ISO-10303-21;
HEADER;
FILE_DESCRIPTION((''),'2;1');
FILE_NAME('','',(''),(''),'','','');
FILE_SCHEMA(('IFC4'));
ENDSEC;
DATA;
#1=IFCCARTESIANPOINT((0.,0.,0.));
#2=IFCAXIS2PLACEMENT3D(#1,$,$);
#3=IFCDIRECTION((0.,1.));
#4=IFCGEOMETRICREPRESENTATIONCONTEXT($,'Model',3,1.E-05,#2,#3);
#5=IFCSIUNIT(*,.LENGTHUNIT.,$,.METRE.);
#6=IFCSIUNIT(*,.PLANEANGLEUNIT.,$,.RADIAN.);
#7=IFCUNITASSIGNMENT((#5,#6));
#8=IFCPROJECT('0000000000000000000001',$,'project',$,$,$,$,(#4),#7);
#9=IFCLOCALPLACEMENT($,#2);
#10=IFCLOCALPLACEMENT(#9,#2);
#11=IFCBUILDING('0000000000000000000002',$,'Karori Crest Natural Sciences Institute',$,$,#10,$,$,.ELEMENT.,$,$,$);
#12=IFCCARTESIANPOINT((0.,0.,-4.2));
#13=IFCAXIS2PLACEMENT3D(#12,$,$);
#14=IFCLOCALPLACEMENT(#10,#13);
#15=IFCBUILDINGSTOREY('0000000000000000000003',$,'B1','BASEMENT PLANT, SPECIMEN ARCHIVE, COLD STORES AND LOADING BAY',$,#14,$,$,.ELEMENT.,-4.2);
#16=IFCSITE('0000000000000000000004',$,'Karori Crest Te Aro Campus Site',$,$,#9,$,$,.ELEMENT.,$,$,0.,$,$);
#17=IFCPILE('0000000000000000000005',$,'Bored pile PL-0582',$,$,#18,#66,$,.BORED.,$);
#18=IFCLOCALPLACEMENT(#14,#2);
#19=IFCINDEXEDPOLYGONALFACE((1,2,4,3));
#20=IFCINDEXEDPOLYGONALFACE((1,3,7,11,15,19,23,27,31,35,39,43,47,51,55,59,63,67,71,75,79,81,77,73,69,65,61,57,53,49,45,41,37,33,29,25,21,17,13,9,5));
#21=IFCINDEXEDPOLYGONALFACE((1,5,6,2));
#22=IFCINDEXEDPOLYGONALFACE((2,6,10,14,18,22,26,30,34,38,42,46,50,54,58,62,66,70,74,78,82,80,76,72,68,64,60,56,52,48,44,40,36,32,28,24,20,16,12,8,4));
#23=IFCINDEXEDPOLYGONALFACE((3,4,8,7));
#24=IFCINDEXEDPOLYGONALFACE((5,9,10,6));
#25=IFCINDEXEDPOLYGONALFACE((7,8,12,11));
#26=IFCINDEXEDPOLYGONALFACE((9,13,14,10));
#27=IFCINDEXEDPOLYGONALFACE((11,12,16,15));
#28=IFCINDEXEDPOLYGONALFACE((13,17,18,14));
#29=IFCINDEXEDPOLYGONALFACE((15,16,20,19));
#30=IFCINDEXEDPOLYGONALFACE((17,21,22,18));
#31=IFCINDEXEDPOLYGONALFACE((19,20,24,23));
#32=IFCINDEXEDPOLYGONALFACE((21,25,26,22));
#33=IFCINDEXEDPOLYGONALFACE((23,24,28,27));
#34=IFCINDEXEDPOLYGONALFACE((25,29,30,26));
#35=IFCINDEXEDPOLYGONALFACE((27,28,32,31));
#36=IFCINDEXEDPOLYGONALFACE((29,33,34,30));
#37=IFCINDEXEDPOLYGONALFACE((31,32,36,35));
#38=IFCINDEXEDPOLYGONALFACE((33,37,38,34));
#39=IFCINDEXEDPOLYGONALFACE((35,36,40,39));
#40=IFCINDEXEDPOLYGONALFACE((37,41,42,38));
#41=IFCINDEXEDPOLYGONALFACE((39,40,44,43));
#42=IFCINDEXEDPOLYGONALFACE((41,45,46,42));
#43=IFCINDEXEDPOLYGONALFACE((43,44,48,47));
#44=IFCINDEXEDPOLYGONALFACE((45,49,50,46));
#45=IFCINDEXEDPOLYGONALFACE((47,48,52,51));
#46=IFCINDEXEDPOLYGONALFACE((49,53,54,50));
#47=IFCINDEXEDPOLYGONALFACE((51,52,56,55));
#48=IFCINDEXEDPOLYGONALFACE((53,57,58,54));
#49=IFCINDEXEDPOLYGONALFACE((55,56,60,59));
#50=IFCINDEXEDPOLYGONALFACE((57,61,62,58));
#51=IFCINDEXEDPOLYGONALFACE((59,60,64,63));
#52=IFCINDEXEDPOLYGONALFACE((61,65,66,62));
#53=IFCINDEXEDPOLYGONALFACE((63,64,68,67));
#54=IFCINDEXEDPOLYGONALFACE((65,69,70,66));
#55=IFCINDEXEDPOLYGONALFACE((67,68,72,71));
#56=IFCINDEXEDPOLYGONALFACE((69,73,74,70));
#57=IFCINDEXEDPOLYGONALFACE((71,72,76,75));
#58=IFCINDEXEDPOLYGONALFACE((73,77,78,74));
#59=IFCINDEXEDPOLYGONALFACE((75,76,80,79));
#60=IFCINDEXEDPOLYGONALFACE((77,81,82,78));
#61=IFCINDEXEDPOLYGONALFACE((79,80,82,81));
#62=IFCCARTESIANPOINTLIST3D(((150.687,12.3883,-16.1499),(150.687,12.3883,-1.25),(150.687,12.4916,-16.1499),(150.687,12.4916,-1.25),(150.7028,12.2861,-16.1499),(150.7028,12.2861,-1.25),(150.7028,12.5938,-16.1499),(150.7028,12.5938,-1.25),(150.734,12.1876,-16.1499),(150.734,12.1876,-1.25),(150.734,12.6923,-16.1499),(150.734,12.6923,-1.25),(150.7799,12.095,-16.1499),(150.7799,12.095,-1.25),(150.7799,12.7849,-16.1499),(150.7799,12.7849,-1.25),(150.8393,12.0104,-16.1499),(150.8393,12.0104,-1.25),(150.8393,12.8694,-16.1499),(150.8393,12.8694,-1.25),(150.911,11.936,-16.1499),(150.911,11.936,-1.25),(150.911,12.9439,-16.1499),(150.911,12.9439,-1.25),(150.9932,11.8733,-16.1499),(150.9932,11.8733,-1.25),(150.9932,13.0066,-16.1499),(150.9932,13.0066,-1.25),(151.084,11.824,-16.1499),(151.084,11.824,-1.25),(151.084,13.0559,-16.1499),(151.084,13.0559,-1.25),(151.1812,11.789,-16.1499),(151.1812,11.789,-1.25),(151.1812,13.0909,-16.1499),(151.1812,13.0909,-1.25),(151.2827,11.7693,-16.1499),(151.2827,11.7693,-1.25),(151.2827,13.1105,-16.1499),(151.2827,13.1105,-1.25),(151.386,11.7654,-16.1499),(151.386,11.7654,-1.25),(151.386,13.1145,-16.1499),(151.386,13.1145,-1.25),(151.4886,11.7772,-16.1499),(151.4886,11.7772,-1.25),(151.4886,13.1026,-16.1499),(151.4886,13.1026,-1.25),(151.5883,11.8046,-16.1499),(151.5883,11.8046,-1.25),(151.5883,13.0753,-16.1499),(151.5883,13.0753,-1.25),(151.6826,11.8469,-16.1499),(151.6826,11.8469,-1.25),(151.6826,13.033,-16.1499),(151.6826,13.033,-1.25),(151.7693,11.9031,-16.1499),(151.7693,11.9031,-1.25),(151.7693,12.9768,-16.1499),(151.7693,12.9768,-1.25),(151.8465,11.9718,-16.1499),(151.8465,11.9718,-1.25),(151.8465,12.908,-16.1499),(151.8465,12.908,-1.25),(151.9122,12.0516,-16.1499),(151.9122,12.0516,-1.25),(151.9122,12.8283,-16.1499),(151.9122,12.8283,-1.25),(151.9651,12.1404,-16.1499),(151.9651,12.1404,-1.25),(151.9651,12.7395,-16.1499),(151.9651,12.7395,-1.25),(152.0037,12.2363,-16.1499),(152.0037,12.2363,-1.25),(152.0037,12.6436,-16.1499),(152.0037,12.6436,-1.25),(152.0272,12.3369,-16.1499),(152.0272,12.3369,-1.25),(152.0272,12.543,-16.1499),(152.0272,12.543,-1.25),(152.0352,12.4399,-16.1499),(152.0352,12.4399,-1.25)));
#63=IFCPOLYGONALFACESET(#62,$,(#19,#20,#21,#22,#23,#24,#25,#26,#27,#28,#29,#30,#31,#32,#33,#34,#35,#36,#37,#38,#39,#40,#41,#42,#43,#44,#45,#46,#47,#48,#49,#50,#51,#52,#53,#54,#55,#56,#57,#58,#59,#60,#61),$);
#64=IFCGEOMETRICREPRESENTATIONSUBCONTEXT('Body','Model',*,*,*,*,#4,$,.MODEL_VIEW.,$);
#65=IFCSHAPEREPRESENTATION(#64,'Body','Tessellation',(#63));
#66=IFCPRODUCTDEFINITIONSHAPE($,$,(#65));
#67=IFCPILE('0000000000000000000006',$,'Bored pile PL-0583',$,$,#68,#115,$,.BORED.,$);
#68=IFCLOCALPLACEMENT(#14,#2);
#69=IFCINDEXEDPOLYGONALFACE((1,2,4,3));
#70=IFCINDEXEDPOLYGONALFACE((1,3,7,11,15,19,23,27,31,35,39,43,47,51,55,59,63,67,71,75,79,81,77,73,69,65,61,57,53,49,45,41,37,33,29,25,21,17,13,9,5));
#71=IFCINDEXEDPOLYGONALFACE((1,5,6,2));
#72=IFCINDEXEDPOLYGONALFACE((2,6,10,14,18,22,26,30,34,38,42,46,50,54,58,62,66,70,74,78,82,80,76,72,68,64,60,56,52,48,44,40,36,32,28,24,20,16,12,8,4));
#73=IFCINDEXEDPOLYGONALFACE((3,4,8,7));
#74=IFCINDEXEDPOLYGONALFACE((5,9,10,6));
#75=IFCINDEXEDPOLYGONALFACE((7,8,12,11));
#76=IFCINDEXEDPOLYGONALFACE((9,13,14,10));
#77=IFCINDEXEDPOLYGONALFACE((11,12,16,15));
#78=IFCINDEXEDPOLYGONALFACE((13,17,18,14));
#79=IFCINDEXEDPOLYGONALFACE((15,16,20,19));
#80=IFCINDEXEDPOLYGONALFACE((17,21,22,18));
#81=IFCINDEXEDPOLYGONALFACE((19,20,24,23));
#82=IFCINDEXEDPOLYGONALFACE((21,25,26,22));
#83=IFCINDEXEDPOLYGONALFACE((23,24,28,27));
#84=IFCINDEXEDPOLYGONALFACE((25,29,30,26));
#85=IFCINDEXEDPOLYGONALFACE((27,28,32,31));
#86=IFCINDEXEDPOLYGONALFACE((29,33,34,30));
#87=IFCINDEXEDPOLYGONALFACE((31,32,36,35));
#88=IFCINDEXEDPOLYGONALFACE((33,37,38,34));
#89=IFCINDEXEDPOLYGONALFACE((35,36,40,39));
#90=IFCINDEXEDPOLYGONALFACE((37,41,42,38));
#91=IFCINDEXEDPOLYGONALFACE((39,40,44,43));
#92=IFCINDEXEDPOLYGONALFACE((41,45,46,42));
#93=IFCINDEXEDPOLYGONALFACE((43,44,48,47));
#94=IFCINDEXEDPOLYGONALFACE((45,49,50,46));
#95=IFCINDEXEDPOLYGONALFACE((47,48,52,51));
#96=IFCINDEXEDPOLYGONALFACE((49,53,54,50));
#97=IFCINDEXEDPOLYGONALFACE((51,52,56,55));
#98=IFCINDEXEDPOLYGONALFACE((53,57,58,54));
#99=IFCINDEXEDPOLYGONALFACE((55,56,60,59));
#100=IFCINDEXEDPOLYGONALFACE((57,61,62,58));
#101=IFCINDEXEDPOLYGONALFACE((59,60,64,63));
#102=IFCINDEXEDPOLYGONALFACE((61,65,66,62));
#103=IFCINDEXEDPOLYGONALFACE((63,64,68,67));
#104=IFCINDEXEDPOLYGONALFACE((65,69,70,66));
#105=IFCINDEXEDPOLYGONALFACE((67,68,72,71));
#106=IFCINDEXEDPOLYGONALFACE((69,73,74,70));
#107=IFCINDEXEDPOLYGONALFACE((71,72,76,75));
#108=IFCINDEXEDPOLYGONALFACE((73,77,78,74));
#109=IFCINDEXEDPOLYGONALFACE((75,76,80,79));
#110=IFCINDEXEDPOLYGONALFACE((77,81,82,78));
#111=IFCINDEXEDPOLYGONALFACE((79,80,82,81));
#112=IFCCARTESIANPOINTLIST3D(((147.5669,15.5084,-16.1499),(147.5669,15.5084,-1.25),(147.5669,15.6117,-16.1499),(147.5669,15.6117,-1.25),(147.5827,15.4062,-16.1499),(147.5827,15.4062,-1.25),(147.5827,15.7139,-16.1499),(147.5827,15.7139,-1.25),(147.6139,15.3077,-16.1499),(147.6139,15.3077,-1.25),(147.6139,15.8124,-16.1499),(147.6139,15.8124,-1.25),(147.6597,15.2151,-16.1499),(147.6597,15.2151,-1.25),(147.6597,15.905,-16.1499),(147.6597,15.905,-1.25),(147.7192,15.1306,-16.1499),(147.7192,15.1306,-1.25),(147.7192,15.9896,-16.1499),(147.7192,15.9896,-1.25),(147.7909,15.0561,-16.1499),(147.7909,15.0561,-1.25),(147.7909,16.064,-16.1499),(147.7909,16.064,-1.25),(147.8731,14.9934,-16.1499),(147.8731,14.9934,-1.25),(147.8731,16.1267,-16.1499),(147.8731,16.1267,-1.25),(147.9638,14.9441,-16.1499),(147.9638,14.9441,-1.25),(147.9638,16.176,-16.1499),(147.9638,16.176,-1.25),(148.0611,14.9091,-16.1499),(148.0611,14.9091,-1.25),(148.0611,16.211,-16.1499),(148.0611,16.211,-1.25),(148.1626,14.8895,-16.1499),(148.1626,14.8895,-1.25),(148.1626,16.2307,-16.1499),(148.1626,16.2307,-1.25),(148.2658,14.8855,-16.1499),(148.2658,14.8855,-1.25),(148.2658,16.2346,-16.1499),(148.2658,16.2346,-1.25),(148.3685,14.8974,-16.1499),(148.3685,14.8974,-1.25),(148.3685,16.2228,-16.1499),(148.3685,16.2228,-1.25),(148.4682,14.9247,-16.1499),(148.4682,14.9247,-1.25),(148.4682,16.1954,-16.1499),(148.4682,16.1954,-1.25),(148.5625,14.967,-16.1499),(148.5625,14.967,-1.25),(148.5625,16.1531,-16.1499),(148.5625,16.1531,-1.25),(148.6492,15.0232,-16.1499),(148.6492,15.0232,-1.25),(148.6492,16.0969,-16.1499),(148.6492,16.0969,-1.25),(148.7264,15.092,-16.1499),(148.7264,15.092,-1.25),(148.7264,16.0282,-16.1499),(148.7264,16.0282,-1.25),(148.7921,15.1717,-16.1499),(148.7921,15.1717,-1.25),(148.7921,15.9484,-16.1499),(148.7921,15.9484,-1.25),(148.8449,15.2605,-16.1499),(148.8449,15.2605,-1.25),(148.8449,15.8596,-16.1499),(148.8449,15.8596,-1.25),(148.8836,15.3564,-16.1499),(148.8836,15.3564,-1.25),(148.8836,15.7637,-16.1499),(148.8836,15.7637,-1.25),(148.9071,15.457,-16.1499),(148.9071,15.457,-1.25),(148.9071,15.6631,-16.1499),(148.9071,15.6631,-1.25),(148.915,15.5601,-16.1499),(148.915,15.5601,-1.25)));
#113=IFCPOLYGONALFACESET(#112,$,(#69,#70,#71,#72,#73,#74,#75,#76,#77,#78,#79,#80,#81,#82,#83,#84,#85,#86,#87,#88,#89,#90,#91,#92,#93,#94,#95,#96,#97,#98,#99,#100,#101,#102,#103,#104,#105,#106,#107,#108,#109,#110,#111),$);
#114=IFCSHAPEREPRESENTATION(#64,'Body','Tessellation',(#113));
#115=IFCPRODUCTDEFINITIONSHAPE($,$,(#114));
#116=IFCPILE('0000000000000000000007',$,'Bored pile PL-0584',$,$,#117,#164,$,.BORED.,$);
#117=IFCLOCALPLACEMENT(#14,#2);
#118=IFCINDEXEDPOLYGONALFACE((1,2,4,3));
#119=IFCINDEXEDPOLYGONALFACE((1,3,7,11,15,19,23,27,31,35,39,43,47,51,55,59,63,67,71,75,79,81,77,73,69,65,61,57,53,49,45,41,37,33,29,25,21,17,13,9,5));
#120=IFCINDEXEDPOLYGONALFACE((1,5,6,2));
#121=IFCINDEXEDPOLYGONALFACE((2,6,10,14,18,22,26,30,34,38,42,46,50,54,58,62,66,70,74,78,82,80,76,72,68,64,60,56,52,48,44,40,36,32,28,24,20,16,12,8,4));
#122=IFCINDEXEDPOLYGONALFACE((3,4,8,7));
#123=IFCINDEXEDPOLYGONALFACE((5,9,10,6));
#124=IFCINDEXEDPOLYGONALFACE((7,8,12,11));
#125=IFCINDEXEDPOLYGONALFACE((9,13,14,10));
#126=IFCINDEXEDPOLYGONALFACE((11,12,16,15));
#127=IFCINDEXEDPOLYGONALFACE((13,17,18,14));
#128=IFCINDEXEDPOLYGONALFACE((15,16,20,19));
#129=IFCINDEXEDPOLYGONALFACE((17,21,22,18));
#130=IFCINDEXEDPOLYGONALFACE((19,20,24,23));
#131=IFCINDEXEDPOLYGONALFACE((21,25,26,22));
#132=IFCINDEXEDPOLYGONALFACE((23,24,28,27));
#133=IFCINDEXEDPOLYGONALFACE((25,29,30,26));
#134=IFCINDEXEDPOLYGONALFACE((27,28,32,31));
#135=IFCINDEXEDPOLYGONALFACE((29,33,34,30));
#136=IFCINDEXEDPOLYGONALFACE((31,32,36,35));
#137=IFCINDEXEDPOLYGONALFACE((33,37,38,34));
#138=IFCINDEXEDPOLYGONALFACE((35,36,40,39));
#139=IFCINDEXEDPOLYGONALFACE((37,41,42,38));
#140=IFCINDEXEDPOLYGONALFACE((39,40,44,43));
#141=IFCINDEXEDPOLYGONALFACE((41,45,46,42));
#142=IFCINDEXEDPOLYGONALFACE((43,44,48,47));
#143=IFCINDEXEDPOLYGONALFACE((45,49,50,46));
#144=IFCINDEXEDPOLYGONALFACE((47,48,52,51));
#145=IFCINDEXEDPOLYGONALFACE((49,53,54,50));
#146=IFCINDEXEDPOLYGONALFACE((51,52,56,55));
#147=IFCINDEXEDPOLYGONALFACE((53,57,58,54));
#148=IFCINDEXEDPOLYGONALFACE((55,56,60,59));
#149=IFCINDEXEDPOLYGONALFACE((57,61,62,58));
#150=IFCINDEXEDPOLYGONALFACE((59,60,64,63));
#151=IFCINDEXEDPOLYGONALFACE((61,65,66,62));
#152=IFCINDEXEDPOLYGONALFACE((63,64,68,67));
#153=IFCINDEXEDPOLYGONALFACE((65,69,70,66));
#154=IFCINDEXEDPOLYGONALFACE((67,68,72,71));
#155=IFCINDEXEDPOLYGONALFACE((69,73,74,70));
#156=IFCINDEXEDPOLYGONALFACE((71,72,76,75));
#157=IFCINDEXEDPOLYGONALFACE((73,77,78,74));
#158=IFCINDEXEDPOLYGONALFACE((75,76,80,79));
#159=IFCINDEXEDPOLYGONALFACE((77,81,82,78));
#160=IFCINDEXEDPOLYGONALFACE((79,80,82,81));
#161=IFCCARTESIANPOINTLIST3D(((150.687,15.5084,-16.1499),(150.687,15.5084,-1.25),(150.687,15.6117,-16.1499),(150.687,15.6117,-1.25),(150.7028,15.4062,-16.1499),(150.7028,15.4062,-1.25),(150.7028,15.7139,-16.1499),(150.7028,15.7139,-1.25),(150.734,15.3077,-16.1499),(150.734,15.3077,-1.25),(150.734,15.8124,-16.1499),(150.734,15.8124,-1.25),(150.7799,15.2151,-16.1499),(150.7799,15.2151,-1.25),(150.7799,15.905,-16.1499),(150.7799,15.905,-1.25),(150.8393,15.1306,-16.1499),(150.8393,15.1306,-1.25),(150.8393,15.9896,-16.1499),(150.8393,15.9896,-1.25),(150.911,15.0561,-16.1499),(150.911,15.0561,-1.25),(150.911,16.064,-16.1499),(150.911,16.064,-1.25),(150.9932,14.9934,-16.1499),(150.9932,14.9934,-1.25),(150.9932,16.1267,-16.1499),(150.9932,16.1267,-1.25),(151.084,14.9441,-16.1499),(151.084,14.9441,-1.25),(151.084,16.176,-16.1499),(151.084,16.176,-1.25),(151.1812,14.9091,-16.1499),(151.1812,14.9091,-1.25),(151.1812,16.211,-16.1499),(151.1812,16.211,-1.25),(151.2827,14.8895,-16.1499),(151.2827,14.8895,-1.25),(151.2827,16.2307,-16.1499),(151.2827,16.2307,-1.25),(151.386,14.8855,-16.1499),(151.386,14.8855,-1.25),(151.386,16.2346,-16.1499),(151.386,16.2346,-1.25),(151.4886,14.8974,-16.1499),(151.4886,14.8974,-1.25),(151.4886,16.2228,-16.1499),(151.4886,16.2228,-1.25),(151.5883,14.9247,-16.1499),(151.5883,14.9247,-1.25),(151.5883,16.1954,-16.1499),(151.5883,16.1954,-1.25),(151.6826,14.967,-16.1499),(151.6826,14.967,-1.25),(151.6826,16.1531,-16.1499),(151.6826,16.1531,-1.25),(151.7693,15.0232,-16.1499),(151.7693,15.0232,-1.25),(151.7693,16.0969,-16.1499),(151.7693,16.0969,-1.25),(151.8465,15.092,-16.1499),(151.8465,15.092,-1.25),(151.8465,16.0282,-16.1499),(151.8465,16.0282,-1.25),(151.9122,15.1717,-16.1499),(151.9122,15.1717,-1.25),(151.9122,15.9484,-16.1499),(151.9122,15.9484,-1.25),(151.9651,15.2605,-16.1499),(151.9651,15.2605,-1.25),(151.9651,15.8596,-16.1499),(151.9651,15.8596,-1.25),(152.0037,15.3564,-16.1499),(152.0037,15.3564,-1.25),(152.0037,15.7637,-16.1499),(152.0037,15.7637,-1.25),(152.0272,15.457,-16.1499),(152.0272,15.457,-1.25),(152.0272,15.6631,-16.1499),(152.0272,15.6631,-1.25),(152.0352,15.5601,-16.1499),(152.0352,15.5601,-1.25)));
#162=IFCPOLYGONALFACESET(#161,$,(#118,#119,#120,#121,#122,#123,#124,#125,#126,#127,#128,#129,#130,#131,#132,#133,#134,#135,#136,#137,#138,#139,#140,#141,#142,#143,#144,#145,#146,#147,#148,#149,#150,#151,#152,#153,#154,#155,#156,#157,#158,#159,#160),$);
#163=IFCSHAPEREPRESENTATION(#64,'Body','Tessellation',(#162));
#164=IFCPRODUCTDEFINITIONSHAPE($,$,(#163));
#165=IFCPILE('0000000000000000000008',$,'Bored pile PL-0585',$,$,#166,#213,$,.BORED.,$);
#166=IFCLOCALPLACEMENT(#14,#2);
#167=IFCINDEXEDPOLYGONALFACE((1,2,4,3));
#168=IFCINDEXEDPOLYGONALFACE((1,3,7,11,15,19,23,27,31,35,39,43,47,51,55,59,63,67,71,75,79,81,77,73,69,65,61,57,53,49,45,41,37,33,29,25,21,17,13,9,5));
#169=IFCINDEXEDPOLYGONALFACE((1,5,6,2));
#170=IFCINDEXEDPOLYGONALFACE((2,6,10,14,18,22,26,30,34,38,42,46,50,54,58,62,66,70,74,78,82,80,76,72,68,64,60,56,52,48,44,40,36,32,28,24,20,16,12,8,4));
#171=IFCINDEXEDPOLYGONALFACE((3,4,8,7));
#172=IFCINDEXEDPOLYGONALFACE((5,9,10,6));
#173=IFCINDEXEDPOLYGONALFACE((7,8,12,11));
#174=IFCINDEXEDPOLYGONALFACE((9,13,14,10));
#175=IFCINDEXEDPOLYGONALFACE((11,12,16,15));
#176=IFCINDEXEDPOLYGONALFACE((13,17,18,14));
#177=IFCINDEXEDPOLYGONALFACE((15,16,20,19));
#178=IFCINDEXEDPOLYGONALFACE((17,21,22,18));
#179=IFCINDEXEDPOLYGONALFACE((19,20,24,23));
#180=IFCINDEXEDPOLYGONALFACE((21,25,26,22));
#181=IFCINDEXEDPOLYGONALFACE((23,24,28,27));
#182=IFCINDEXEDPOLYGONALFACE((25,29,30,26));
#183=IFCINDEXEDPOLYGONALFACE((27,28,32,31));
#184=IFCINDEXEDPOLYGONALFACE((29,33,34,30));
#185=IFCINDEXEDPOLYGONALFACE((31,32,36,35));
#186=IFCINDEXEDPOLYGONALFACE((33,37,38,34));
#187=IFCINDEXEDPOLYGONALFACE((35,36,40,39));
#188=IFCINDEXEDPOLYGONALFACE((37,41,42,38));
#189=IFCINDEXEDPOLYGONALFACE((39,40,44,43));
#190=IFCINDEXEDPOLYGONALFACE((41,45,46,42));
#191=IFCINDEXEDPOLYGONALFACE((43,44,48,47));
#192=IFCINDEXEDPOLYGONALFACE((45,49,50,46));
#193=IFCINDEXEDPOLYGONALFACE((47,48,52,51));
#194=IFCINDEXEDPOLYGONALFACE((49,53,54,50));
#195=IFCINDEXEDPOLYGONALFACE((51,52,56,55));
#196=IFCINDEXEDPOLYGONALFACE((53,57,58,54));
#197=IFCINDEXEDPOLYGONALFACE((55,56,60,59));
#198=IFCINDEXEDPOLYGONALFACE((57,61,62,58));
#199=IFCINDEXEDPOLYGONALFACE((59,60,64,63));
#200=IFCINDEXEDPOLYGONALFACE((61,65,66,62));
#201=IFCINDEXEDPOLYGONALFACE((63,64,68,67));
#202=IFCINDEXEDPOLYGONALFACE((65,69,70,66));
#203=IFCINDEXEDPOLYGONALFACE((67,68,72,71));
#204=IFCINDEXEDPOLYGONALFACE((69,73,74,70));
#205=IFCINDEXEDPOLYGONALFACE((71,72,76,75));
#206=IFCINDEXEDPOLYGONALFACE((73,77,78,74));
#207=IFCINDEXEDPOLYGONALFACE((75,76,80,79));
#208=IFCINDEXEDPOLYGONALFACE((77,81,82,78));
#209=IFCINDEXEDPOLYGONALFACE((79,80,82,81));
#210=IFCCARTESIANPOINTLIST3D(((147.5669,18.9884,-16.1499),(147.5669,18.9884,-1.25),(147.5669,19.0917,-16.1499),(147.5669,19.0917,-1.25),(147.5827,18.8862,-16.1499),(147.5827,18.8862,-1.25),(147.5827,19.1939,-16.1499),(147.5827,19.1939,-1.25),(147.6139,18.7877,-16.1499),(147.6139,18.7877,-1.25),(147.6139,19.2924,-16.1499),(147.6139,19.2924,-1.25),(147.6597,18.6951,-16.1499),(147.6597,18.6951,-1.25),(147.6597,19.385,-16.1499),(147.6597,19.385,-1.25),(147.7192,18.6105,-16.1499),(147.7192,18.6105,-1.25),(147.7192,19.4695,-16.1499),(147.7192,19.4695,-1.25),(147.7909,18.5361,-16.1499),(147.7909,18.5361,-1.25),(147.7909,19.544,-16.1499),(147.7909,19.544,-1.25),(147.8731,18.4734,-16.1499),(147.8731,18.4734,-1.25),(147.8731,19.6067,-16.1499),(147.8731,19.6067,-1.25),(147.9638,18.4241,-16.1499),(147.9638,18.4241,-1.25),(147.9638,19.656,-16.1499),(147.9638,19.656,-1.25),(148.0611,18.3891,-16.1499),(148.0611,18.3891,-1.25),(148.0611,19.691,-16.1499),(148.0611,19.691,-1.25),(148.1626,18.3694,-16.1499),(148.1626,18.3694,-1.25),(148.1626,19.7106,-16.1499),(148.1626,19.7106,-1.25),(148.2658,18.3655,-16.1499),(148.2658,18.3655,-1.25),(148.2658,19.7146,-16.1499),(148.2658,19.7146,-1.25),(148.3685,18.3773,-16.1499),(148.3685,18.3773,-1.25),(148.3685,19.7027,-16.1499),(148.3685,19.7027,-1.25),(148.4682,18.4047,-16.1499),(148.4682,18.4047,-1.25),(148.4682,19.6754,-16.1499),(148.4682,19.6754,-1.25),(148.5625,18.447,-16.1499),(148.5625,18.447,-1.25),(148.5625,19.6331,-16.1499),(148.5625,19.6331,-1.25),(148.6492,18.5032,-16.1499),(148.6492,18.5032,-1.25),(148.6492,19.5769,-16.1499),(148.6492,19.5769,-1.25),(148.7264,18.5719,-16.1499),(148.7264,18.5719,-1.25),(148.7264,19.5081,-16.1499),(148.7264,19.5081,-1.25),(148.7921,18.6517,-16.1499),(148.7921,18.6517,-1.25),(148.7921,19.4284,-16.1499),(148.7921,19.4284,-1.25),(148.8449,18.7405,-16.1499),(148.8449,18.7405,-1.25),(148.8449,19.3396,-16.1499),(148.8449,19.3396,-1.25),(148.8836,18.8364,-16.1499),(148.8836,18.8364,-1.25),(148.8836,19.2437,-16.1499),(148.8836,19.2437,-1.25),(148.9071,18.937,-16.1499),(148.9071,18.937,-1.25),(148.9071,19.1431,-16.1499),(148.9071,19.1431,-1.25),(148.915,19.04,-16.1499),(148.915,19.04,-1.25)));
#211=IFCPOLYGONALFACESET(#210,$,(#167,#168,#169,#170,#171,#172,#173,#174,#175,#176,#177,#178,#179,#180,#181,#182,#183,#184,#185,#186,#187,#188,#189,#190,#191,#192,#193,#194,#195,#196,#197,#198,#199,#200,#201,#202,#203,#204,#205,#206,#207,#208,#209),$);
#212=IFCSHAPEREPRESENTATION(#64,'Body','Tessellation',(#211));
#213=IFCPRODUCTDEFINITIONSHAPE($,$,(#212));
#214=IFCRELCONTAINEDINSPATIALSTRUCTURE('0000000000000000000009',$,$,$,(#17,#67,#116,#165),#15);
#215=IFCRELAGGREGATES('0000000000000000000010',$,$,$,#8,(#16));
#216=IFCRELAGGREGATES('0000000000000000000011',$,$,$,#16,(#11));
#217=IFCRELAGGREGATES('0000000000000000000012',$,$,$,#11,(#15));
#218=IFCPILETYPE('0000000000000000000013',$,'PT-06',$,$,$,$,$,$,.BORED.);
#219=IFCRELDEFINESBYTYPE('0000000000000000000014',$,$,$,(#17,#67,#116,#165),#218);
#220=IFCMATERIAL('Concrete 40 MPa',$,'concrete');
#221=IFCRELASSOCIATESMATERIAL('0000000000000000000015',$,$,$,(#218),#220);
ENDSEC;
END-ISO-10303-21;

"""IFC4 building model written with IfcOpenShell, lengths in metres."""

from ifc_helpers import new_model, si_unit, direction, frame, origin, origin_2d, place, context, subcontext, project, spatial, circle, extrude, material, material_profile, profile_set, type_object, element, save


model = new_model("IFC4")

# Units and contexts
model_context = context("Model", 3, precision=1e-05, world=origin(), true_north=direction((0.0, 1.0)))
body_context = subcontext(model_context, "Body", "Model", "MODEL_VIEW")
ifc_project = project(units=[si_unit("LENGTHUNIT", "METRE"), si_unit("PLANEANGLEUNIT", "RADIAN")], contexts=[model_context])

# Site, building, storey
site_placement = place(None, origin())
site = spatial("IfcSite", under=ifc_project, at=site_placement, Name="Karori Crest Te Aro Campus Site", CompositionType="ELEMENT", RefElevation=0.0)
building_placement = place(site_placement, origin())
building = spatial("IfcBuilding", under=site, at=building_placement, Name="Karori Crest Natural Sciences Institute", CompositionType="ELEMENT")
storey_placement = place(building_placement, frame((0.0, 0.0, -4.2)))
storey = spatial("IfcBuildingStorey", under=building, at=storey_placement, Name="B1", Description="BASEMENT PLANT, SPECIMEN ARCHIVE, COLD STORES AND LOADING BAY", CompositionType="ELEMENT", Elevation=-4.2)

# Shared definitions
ifc_material_1 = material(Name="Concrete 40 MPa", Category="concrete")

# Piles
ifc_material_profile_1 = material_profile(ifc_material_1, circle(Radius=0.675, at=origin_2d()), Name="PILE1350")
ifc_profile_set_1 = profile_set([ifc_material_profile_1], Name="Concrete 40 MPa")
pile_type = type_object("IfcPileType", Name="PT-06", PredefinedType="BORED", material=ifc_profile_set_1)
for number, where, z_axis, x_axis, name in (
    (1, (151.3601, 12.4399, -1.25), (0.0, 0.0, -1.0), (1.0, 0.0, 0.0), "Bored pile PL-0582"),
    (2, (148.24, 15.5601, -1.25), (0.0, 0.0, -1.0), (1.0, 0.0, 0.0), "Bored pile PL-0583"),
    (3, (151.3601, 15.5601, -1.25), (0.0, 0.0, -1.0), (1.0, 0.0, 0.0), "Bored pile PL-0584"),
    (4, (148.24, 19.04, -1.25), (0.0, 0.0, -1.0), (1.0, 0.0, 0.0), "Bored pile PL-0585"),
):
    element("IfcPile", number, at=place(storey_placement, frame(where, z_axis=z_axis, x_axis=x_axis)), inside=storey, type_object=pile_type, Name=name, PredefinedType="BORED", context=body_context, shape_type="SweptSolid", body=[
        extrude(circle(Radius=0.675, at=origin_2d()), origin(), (0.0, 0.0, 1.0), 14.8999),
    ])

save(model, "model.ifc")
